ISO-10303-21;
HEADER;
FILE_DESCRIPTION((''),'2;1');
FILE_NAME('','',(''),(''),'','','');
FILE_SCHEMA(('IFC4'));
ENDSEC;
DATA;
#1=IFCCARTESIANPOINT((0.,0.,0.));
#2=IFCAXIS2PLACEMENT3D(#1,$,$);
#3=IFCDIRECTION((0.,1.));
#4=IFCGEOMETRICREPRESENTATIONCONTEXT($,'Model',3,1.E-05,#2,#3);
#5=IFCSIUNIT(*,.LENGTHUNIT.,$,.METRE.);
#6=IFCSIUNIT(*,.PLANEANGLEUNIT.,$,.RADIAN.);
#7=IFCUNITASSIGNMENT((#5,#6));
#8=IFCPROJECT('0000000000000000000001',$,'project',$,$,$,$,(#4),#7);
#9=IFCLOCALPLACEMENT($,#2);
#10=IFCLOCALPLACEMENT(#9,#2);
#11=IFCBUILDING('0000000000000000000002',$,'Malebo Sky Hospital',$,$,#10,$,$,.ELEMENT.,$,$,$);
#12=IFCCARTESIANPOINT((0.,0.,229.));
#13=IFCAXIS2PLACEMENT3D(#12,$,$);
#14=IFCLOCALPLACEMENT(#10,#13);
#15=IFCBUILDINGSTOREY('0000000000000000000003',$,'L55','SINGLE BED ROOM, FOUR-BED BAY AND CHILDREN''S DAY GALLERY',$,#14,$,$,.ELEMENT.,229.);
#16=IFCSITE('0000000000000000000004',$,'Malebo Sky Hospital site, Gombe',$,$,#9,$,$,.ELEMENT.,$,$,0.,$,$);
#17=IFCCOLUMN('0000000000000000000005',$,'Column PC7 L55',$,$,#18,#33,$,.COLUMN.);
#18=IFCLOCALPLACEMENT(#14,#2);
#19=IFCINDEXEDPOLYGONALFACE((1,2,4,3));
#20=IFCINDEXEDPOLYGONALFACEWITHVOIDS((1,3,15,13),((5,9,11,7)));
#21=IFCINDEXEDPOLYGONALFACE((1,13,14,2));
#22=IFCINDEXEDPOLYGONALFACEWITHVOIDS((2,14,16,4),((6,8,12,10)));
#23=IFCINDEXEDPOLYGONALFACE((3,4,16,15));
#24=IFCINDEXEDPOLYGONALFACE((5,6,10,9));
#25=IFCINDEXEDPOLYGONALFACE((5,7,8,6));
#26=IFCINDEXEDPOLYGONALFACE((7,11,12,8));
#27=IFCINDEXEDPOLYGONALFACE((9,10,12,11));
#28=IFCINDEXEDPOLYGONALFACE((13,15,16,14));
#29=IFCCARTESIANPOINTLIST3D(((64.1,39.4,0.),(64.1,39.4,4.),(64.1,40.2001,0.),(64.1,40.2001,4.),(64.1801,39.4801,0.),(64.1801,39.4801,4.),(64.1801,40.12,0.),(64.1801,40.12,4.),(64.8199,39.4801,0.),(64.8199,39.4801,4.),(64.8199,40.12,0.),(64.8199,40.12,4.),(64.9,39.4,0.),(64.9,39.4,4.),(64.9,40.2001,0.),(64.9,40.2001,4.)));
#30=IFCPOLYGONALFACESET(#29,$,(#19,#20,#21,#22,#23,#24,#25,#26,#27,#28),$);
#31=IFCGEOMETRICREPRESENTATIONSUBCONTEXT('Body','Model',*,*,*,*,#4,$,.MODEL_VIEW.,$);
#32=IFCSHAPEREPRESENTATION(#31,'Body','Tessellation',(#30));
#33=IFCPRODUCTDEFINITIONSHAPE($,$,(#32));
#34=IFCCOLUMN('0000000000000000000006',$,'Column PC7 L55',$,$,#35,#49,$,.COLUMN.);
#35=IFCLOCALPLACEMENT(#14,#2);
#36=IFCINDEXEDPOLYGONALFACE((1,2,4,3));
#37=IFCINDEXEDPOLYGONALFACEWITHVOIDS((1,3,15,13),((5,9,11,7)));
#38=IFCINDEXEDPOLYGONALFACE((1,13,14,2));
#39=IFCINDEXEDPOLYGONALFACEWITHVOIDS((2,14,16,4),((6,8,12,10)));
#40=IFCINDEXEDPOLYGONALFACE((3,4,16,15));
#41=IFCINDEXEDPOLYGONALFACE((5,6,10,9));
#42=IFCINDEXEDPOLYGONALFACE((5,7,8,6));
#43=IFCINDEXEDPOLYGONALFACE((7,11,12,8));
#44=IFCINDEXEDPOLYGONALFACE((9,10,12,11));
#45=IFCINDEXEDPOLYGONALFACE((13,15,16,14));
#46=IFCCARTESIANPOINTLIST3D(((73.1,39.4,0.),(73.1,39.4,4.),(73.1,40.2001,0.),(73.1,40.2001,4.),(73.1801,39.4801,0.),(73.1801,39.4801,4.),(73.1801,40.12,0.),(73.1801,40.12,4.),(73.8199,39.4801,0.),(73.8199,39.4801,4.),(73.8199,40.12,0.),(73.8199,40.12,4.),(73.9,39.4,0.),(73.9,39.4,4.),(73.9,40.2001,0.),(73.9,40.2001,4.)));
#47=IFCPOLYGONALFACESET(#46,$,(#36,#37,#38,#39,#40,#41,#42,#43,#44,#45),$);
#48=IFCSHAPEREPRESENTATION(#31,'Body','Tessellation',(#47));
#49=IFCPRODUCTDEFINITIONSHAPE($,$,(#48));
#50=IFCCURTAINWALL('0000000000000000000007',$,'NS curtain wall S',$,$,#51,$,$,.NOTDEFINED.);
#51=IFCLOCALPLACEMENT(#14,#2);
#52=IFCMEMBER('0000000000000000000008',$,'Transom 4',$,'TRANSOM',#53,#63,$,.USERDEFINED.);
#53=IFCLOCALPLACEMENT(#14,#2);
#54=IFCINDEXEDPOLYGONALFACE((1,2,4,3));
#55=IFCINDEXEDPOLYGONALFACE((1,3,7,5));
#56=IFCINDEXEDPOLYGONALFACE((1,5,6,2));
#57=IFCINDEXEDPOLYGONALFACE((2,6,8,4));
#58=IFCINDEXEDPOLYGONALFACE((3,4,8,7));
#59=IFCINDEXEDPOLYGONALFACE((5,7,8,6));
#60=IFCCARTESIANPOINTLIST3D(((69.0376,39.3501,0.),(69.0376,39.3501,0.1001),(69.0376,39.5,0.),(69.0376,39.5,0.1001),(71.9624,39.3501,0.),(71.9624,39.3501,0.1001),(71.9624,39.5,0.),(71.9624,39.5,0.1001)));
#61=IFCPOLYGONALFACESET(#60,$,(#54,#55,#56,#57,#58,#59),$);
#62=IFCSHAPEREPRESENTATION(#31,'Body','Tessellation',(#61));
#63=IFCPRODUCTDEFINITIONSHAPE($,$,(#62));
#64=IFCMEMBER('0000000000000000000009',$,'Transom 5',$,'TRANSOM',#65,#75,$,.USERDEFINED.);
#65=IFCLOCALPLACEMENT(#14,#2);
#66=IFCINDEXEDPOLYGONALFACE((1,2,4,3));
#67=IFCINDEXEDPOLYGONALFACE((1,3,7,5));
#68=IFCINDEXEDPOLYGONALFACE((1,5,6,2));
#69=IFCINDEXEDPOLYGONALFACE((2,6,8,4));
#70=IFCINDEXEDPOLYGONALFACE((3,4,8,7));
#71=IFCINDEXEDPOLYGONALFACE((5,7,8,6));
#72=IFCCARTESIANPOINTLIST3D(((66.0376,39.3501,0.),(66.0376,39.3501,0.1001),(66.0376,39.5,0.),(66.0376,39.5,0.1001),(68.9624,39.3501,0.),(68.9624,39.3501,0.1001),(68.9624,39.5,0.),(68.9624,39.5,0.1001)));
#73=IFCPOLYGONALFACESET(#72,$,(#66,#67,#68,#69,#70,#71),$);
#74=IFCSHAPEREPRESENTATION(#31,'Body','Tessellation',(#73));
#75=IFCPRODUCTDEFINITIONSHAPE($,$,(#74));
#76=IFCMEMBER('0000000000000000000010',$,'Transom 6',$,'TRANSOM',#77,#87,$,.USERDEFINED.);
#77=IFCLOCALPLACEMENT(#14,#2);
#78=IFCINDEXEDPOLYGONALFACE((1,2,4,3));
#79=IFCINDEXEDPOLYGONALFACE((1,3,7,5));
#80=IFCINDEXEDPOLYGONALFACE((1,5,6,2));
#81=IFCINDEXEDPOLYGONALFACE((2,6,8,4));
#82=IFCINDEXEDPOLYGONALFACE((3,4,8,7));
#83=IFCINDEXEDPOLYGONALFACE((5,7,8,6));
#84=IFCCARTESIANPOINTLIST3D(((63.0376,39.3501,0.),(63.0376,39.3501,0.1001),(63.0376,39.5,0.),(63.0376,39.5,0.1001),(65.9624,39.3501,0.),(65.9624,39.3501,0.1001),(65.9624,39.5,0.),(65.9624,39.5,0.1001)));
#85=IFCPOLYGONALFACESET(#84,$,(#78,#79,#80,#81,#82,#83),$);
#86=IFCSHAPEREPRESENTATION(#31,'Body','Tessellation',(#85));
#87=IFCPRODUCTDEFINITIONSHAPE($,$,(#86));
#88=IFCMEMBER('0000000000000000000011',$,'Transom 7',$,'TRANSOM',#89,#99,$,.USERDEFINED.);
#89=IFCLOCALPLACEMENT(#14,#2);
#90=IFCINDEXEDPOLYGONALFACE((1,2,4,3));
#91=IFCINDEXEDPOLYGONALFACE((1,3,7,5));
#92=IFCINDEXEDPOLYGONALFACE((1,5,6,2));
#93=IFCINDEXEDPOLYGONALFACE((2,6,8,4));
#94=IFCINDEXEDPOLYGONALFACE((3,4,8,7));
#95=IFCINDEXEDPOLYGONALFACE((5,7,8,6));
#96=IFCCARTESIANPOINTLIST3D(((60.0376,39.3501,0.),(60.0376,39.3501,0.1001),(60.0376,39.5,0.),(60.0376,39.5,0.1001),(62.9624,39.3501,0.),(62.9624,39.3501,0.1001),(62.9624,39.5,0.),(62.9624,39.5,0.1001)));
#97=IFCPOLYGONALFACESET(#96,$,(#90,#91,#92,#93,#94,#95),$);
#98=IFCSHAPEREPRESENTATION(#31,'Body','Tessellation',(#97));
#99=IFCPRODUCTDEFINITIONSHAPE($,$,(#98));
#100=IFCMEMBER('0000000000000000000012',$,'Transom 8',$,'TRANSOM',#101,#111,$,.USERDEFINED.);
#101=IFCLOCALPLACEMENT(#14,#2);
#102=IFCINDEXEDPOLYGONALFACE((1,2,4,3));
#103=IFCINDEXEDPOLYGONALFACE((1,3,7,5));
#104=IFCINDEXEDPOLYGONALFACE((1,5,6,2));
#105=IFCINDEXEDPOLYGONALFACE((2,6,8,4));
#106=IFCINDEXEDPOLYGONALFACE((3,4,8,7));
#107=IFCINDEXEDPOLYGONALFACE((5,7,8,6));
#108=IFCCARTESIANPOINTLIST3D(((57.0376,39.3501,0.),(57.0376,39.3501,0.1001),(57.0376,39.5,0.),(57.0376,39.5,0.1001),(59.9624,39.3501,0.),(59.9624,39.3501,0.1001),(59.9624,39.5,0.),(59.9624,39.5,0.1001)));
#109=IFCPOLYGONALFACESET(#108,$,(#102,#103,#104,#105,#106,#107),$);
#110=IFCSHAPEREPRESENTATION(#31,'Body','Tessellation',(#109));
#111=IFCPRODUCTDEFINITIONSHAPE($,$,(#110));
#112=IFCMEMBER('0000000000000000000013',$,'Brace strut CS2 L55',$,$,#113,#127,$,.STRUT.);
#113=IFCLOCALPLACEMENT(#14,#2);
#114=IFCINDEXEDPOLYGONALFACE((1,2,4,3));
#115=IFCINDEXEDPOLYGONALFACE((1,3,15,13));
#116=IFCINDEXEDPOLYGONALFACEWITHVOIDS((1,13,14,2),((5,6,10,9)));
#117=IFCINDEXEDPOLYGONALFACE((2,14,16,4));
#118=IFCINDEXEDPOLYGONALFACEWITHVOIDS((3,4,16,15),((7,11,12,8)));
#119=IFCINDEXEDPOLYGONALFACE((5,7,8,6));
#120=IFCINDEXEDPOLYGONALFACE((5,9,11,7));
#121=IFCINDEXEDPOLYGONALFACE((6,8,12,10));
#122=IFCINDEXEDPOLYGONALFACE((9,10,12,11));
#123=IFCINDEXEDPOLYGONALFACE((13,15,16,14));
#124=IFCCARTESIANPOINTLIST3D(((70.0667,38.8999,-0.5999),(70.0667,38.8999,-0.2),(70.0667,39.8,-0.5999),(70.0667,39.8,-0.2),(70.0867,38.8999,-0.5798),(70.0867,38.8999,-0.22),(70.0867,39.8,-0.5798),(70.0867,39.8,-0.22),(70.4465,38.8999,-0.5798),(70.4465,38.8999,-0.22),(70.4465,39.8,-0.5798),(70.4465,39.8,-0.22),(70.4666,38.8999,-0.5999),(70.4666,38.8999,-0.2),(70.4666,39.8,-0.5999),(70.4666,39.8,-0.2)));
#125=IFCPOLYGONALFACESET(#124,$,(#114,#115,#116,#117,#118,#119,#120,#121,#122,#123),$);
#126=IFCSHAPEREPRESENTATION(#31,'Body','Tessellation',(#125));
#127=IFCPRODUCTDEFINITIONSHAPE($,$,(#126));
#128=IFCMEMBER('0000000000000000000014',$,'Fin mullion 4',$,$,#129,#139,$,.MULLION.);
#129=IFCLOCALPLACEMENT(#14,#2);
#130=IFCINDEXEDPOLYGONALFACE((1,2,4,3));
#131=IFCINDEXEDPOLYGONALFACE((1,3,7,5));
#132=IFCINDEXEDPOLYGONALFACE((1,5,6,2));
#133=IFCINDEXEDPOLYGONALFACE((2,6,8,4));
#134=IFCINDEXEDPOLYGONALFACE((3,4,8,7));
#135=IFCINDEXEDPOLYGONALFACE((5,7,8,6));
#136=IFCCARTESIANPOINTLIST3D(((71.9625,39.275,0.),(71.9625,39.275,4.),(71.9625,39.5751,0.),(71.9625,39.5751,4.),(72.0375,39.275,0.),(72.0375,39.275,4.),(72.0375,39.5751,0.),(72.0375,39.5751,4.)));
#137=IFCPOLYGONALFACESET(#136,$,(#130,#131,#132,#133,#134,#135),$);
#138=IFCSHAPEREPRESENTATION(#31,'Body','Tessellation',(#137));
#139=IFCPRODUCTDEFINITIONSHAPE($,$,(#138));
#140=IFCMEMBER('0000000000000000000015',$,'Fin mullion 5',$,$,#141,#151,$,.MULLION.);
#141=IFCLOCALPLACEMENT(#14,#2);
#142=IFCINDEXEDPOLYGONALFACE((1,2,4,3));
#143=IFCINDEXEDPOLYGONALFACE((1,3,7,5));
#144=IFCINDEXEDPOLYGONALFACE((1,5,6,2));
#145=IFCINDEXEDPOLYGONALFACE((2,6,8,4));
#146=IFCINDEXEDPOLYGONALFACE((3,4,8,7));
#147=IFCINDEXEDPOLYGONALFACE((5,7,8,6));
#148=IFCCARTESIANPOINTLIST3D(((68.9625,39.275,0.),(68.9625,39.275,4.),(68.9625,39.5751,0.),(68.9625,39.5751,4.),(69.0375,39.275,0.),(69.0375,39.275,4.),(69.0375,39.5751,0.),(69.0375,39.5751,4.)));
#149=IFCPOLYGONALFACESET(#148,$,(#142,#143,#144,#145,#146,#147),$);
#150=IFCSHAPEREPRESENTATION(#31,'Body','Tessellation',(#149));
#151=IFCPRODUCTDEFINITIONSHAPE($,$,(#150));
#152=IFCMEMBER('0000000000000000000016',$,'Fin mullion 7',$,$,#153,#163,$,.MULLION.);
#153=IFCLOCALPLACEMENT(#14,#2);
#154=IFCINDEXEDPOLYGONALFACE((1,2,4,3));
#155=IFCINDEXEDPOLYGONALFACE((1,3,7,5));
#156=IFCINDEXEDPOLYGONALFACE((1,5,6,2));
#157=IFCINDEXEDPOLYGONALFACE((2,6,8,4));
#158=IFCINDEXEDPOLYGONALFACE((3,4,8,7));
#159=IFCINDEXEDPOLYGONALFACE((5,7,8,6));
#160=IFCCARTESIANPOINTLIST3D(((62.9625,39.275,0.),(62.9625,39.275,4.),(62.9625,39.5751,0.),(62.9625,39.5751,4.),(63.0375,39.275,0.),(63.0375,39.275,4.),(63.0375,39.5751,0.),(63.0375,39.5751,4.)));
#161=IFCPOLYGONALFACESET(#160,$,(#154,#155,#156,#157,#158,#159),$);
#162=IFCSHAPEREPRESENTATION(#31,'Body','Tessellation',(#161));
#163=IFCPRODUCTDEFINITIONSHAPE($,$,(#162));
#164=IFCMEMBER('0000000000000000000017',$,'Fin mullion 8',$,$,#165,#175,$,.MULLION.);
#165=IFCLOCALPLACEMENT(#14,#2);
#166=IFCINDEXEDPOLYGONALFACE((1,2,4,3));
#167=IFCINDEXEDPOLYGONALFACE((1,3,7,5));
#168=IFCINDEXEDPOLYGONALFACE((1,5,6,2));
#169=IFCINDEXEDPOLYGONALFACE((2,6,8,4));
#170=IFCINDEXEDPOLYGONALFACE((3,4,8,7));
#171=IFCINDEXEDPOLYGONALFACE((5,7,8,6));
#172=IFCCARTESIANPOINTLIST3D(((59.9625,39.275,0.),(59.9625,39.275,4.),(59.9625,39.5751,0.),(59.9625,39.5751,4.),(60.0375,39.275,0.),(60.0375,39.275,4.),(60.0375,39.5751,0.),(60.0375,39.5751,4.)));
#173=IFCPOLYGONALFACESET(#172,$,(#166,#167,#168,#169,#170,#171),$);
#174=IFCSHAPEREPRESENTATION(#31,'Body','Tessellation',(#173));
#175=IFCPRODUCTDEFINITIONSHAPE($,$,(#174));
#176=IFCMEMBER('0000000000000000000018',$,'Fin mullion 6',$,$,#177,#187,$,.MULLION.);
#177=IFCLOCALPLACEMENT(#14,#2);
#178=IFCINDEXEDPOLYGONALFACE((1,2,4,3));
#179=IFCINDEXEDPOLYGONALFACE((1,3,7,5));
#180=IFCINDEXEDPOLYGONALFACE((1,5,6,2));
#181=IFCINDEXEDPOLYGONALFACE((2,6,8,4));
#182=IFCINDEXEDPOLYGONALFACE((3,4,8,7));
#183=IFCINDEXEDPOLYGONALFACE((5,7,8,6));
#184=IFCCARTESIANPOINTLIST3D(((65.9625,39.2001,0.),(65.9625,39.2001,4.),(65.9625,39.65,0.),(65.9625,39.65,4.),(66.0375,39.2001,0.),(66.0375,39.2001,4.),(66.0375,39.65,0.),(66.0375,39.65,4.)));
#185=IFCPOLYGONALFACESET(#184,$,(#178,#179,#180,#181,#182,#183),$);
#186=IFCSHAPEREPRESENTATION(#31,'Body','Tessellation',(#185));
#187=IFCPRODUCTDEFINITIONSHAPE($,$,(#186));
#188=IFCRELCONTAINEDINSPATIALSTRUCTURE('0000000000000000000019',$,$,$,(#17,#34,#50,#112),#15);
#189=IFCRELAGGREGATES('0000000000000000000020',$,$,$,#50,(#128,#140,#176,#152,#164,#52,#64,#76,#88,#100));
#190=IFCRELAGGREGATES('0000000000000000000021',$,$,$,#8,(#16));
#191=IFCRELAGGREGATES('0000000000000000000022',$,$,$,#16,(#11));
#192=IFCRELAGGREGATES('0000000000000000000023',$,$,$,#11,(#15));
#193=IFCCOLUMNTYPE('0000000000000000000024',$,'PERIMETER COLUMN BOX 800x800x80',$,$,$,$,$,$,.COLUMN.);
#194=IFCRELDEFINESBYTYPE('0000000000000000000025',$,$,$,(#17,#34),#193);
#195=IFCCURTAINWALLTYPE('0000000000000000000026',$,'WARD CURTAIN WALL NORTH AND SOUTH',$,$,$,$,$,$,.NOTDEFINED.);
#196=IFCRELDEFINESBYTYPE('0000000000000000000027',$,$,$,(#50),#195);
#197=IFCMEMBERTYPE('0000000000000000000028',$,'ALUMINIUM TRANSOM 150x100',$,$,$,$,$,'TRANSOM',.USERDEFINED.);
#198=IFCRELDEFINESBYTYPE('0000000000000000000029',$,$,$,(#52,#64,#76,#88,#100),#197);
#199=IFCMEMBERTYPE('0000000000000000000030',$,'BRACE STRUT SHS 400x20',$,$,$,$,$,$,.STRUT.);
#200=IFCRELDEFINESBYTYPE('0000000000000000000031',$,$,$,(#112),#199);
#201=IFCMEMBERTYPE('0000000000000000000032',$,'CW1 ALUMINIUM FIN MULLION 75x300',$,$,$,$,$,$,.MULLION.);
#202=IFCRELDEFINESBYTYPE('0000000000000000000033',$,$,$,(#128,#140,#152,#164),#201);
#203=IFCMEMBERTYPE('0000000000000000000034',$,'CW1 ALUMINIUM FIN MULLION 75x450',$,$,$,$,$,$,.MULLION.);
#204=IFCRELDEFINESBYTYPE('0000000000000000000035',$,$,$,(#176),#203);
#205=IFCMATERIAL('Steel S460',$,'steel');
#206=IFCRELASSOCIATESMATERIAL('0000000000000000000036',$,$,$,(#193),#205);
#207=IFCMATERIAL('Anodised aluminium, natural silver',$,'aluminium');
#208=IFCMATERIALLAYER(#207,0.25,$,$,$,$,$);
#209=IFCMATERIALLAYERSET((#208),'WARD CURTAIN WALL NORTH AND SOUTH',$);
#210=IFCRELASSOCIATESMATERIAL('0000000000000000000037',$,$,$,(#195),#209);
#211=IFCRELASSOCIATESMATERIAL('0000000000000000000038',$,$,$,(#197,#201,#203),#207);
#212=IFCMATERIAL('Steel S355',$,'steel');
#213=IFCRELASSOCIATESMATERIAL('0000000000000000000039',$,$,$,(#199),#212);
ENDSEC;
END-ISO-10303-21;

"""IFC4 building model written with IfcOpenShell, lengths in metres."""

from ifc_helpers import new_model, si_unit, direction, frame, origin, origin_2d, place, context, subcontext, project, spatial, rectangle, hollow_rectangle, extrude, material, layer, layer_set, material_profile, profile_set, type_object, element, aggregate, save


model = new_model("IFC4")

# Units and contexts
model_context = context("Model", 3, precision=1e-05, world=origin(), true_north=direction((0.0, 1.0)))
body_context = subcontext(model_context, "Body", "Model", "MODEL_VIEW")
ifc_project = project(units=[si_unit("LENGTHUNIT", "METRE"), si_unit("PLANEANGLEUNIT", "RADIAN")], contexts=[model_context])

# Site, building, storey
site_placement = place(None, origin())
site = spatial("IfcSite", under=ifc_project, at=site_placement, Name="Malebo Sky Hospital site, Gombe", CompositionType="ELEMENT", RefElevation=0.0)
building_placement = place(site_placement, origin())
building = spatial("IfcBuilding", under=site, at=building_placement, Name="Malebo Sky Hospital", CompositionType="ELEMENT")
storey_placement = place(building_placement, frame((0.0, 0.0, 229.0)))
storey = spatial("IfcBuildingStorey", under=building, at=storey_placement, Name="L55", Description="SINGLE BED ROOM, FOUR-BED BAY AND CHILDREN'S DAY GALLERY", CompositionType="ELEMENT", Elevation=229.0)

# Columns
ifc_material_1 = material(Name="Steel S460", Category="steel")
ifc_material_profile_1 = material_profile(ifc_material_1, hollow_rectangle(XDim=0.8, YDim=0.8, WallThickness=0.0801, at=origin_2d()), Name="BOX 800x800x80")
ifc_profile_set_1 = profile_set([ifc_material_profile_1], Name="Steel S460")
column_type = type_object("IfcColumnType", Name="PERIMETER COLUMN BOX 800x800x80", PredefinedType="COLUMN", material=ifc_profile_set_1)
for number, where, z_axis, x_axis, name in (
    (1, (64.5, 39.8, 0.0), (0.0, 0.0, 1.0), (1.0, 0.0, 0.0), "Column PC7 L55"),
    (2, (73.5, 39.8, 0.0), (0.0, 0.0, 1.0), (1.0, 0.0, 0.0), "Column PC7 L55"),
):
    element("IfcColumn", number, at=place(storey_placement, frame(where, z_axis=z_axis, x_axis=x_axis)), inside=storey, type_object=column_type, Name=name, PredefinedType="COLUMN", context=body_context, shape_type="SweptSolid", body=[
        extrude(hollow_rectangle(XDim=0.8, YDim=0.8, WallThickness=0.0801, at=origin_2d()), origin(), (0.0, 0.0, 1.0), 4.0),
    ])

# Curtain wall, members
ifc_material_2 = material(Name="Anodised aluminium, natural silver", Category="aluminium")
ifc_layer_1 = layer(ifc_material_2, 0.25)
ifc_layer_set_1 = layer_set([ifc_layer_1], Name="WARD CURTAIN WALL NORTH AND SOUTH")
curtain_wall_type = type_object("IfcCurtainWallType", Name="WARD CURTAIN WALL NORTH AND SOUTH", PredefinedType="NOTDEFINED", material=ifc_layer_set_1)
curtain_wall_placement = place(storey_placement, origin())
curtain_wall = element("IfcCurtainWall", 3, at=curtain_wall_placement, inside=storey, type_object=curtain_wall_type, Name="NS curtain wall S", PredefinedType="NOTDEFINED")
ifc_material_profile_2 = material_profile(ifc_material_2, rectangle(XDim=0.1499, YDim=0.1001, at=origin_2d()), Name="ALUMINIUM TRANSOM 150x100")
ifc_profile_set_2 = profile_set([ifc_material_profile_2], Name="Anodised aluminium, natural silver")
member_type_1 = type_object("IfcMemberType", Name="ALUMINIUM TRANSOM 150x100", ElementType="TRANSOM", PredefinedType="USERDEFINED", material=ifc_profile_set_2)
member_1_placement = place(storey_placement, frame((71.9624, 39.425, 0.05), z_axis=(-1.0, 0.0, 0.0), x_axis=(0.0, -1.0, 0.0)))
member_1 = element("IfcMember", 4, at=member_1_placement, type_object=member_type_1, Name="Transom 4", ObjectType="TRANSOM", PredefinedType="USERDEFINED", context=body_context, shape_type="SweptSolid", body=[
    extrude(rectangle(XDim=0.1499, YDim=0.1001, at=origin_2d()), origin(), (0.0, 0.0, 1.0), 2.9248),
])
member_2_placement = place(storey_placement, frame((68.9624, 39.425, 0.05), z_axis=(-1.0, 0.0, 0.0), x_axis=(0.0, -1.0, 0.0)))
member_2 = element("IfcMember", 5, at=member_2_placement, type_object=member_type_1, Name="Transom 5", ObjectType="TRANSOM", PredefinedType="USERDEFINED", context=body_context, shape_type="SweptSolid", body=[
    extrude(rectangle(XDim=0.1499, YDim=0.1001, at=origin_2d()), origin(), (0.0, 0.0, 1.0), 2.9248),
])
member_3_placement = place(storey_placement, frame((65.9624, 39.425, 0.05), z_axis=(-1.0, 0.0, 0.0), x_axis=(0.0, -1.0, 0.0)))
member_3 = element("IfcMember", 6, at=member_3_placement, type_object=member_type_1, Name="Transom 6", ObjectType="TRANSOM", PredefinedType="USERDEFINED", context=body_context, shape_type="SweptSolid", body=[
    extrude(rectangle(XDim=0.1499, YDim=0.1001, at=origin_2d()), origin(), (0.0, 0.0, 1.0), 2.9248),
])
member_4_placement = place(storey_placement, frame((62.9624, 39.425, 0.05), z_axis=(-1.0, 0.0, 0.0), x_axis=(0.0, -1.0, 0.0)))
member_4 = element("IfcMember", 7, at=member_4_placement, type_object=member_type_1, Name="Transom 7", ObjectType="TRANSOM", PredefinedType="USERDEFINED", context=body_context, shape_type="SweptSolid", body=[
    extrude(rectangle(XDim=0.1499, YDim=0.1001, at=origin_2d()), origin(), (0.0, 0.0, 1.0), 2.9248),
])
member_5_placement = place(storey_placement, frame((59.9624, 39.425, 0.05), z_axis=(-1.0, 0.0, 0.0), x_axis=(0.0, -1.0, 0.0)))
member_5 = element("IfcMember", 8, at=member_5_placement, type_object=member_type_1, Name="Transom 8", ObjectType="TRANSOM", PredefinedType="USERDEFINED", context=body_context, shape_type="SweptSolid", body=[
    extrude(rectangle(XDim=0.1499, YDim=0.1001, at=origin_2d()), origin(), (0.0, 0.0, 1.0), 2.9248),
])

# Members
ifc_material_3 = material(Name="Steel S355", Category="steel")
ifc_material_profile_3 = material_profile(ifc_material_3, hollow_rectangle(XDim=0.3999, YDim=0.3999, WallThickness=0.02, at=origin_2d()), Name="SHS 400x20")
ifc_profile_set_3 = profile_set([ifc_material_profile_3], Name="Steel S355")
member_type_2 = type_object("IfcMemberType", Name="BRACE STRUT SHS 400x20", PredefinedType="STRUT", material=ifc_profile_set_3)
member_6_placement = place(storey_placement, frame((70.2666, 38.8999, -0.3999), z_axis=(0.0, 1.0, 0.0), x_axis=(-1.0, 0.0, 0.0)))
element("IfcMember", 9, at=member_6_placement, inside=storey, type_object=member_type_2, Name="Brace strut CS2 L55", PredefinedType="STRUT", context=body_context, shape_type="SweptSolid", body=[
    extrude(hollow_rectangle(XDim=0.3999, YDim=0.3999, WallThickness=0.02, at=origin_2d()), origin(), (0.0, 0.0, 1.0), 0.9001),
])
ifc_material_profile_4 = material_profile(ifc_material_2, rectangle(XDim=0.075, YDim=0.3, at=origin_2d()), Name="CW1 ALUMINIUM FIN MULLION 75x300")
ifc_profile_set_4 = profile_set([ifc_material_profile_4], Name="Anodised aluminium, natural silver")
member_type_3 = type_object("IfcMemberType", Name="CW1 ALUMINIUM FIN MULLION 75x300", PredefinedType="MULLION", material=ifc_profile_set_4)
member_7_placement = place(storey_placement, frame((72.0, 39.425, 0.0), z_axis=(0.0, 0.0, 1.0), x_axis=(-1.0, 0.0, 0.0)))
member_7 = element("IfcMember", 10, at=member_7_placement, type_object=member_type_3, Name="Fin mullion 4", PredefinedType="MULLION", context=body_context, shape_type="SweptSolid", body=[
    extrude(rectangle(XDim=0.075, YDim=0.3, at=origin_2d()), origin(), (0.0, 0.0, 1.0), 4.0),
])
member_8_placement = place(storey_placement, frame((69.0, 39.425, 0.0), z_axis=(0.0, 0.0, 1.0), x_axis=(-1.0, 0.0, 0.0)))
member_8 = element("IfcMember", 11, at=member_8_placement, type_object=member_type_3, Name="Fin mullion 5", PredefinedType="MULLION", context=body_context, shape_type="SweptSolid", body=[
    extrude(rectangle(XDim=0.075, YDim=0.3, at=origin_2d()), origin(), (0.0, 0.0, 1.0), 4.0),
])
member_9_placement = place(storey_placement, frame((63.0, 39.425, 0.0), z_axis=(0.0, 0.0, 1.0), x_axis=(-1.0, 0.0, 0.0)))
member_9 = element("IfcMember", 12, at=member_9_placement, type_object=member_type_3, Name="Fin mullion 7", PredefinedType="MULLION", context=body_context, shape_type="SweptSolid", body=[
    extrude(rectangle(XDim=0.075, YDim=0.3, at=origin_2d()), origin(), (0.0, 0.0, 1.0), 4.0),
])
member_10_placement = place(storey_placement, frame((60.0, 39.425, 0.0), z_axis=(0.0, 0.0, 1.0), x_axis=(-1.0, 0.0, 0.0)))
member_10 = element("IfcMember", 13, at=member_10_placement, type_object=member_type_3, Name="Fin mullion 8", PredefinedType="MULLION", context=body_context, shape_type="SweptSolid", body=[
    extrude(rectangle(XDim=0.075, YDim=0.3, at=origin_2d()), origin(), (0.0, 0.0, 1.0), 4.0),
])
ifc_material_profile_5 = material_profile(ifc_material_2, rectangle(XDim=0.075, YDim=0.45, at=origin_2d()), Name="CW1 ALUMINIUM FIN MULLION 75x450")
ifc_profile_set_5 = profile_set([ifc_material_profile_5], Name="Anodised aluminium, natural silver")
member_type_4 = type_object("IfcMemberType", Name="CW1 ALUMINIUM FIN MULLION 75x450", PredefinedType="MULLION", material=ifc_profile_set_5)
member_11_placement = place(storey_placement, frame((66.0, 39.425, 0.0), z_axis=(0.0, 0.0, 1.0), x_axis=(-1.0, 0.0, 0.0)))
member_11 = element("IfcMember", 14, at=member_11_placement, type_object=member_type_4, Name="Fin mullion 6", PredefinedType="MULLION", context=body_context, shape_type="SweptSolid", body=[
    extrude(rectangle(XDim=0.075, YDim=0.45, at=origin_2d()), origin(), (0.0, 0.0, 1.0), 4.0),
])

aggregate(curtain_wall, [member_7, member_8, member_11, member_9, member_10, member_1, member_2, member_3, member_4, member_5])

save(model, "model.ifc")
